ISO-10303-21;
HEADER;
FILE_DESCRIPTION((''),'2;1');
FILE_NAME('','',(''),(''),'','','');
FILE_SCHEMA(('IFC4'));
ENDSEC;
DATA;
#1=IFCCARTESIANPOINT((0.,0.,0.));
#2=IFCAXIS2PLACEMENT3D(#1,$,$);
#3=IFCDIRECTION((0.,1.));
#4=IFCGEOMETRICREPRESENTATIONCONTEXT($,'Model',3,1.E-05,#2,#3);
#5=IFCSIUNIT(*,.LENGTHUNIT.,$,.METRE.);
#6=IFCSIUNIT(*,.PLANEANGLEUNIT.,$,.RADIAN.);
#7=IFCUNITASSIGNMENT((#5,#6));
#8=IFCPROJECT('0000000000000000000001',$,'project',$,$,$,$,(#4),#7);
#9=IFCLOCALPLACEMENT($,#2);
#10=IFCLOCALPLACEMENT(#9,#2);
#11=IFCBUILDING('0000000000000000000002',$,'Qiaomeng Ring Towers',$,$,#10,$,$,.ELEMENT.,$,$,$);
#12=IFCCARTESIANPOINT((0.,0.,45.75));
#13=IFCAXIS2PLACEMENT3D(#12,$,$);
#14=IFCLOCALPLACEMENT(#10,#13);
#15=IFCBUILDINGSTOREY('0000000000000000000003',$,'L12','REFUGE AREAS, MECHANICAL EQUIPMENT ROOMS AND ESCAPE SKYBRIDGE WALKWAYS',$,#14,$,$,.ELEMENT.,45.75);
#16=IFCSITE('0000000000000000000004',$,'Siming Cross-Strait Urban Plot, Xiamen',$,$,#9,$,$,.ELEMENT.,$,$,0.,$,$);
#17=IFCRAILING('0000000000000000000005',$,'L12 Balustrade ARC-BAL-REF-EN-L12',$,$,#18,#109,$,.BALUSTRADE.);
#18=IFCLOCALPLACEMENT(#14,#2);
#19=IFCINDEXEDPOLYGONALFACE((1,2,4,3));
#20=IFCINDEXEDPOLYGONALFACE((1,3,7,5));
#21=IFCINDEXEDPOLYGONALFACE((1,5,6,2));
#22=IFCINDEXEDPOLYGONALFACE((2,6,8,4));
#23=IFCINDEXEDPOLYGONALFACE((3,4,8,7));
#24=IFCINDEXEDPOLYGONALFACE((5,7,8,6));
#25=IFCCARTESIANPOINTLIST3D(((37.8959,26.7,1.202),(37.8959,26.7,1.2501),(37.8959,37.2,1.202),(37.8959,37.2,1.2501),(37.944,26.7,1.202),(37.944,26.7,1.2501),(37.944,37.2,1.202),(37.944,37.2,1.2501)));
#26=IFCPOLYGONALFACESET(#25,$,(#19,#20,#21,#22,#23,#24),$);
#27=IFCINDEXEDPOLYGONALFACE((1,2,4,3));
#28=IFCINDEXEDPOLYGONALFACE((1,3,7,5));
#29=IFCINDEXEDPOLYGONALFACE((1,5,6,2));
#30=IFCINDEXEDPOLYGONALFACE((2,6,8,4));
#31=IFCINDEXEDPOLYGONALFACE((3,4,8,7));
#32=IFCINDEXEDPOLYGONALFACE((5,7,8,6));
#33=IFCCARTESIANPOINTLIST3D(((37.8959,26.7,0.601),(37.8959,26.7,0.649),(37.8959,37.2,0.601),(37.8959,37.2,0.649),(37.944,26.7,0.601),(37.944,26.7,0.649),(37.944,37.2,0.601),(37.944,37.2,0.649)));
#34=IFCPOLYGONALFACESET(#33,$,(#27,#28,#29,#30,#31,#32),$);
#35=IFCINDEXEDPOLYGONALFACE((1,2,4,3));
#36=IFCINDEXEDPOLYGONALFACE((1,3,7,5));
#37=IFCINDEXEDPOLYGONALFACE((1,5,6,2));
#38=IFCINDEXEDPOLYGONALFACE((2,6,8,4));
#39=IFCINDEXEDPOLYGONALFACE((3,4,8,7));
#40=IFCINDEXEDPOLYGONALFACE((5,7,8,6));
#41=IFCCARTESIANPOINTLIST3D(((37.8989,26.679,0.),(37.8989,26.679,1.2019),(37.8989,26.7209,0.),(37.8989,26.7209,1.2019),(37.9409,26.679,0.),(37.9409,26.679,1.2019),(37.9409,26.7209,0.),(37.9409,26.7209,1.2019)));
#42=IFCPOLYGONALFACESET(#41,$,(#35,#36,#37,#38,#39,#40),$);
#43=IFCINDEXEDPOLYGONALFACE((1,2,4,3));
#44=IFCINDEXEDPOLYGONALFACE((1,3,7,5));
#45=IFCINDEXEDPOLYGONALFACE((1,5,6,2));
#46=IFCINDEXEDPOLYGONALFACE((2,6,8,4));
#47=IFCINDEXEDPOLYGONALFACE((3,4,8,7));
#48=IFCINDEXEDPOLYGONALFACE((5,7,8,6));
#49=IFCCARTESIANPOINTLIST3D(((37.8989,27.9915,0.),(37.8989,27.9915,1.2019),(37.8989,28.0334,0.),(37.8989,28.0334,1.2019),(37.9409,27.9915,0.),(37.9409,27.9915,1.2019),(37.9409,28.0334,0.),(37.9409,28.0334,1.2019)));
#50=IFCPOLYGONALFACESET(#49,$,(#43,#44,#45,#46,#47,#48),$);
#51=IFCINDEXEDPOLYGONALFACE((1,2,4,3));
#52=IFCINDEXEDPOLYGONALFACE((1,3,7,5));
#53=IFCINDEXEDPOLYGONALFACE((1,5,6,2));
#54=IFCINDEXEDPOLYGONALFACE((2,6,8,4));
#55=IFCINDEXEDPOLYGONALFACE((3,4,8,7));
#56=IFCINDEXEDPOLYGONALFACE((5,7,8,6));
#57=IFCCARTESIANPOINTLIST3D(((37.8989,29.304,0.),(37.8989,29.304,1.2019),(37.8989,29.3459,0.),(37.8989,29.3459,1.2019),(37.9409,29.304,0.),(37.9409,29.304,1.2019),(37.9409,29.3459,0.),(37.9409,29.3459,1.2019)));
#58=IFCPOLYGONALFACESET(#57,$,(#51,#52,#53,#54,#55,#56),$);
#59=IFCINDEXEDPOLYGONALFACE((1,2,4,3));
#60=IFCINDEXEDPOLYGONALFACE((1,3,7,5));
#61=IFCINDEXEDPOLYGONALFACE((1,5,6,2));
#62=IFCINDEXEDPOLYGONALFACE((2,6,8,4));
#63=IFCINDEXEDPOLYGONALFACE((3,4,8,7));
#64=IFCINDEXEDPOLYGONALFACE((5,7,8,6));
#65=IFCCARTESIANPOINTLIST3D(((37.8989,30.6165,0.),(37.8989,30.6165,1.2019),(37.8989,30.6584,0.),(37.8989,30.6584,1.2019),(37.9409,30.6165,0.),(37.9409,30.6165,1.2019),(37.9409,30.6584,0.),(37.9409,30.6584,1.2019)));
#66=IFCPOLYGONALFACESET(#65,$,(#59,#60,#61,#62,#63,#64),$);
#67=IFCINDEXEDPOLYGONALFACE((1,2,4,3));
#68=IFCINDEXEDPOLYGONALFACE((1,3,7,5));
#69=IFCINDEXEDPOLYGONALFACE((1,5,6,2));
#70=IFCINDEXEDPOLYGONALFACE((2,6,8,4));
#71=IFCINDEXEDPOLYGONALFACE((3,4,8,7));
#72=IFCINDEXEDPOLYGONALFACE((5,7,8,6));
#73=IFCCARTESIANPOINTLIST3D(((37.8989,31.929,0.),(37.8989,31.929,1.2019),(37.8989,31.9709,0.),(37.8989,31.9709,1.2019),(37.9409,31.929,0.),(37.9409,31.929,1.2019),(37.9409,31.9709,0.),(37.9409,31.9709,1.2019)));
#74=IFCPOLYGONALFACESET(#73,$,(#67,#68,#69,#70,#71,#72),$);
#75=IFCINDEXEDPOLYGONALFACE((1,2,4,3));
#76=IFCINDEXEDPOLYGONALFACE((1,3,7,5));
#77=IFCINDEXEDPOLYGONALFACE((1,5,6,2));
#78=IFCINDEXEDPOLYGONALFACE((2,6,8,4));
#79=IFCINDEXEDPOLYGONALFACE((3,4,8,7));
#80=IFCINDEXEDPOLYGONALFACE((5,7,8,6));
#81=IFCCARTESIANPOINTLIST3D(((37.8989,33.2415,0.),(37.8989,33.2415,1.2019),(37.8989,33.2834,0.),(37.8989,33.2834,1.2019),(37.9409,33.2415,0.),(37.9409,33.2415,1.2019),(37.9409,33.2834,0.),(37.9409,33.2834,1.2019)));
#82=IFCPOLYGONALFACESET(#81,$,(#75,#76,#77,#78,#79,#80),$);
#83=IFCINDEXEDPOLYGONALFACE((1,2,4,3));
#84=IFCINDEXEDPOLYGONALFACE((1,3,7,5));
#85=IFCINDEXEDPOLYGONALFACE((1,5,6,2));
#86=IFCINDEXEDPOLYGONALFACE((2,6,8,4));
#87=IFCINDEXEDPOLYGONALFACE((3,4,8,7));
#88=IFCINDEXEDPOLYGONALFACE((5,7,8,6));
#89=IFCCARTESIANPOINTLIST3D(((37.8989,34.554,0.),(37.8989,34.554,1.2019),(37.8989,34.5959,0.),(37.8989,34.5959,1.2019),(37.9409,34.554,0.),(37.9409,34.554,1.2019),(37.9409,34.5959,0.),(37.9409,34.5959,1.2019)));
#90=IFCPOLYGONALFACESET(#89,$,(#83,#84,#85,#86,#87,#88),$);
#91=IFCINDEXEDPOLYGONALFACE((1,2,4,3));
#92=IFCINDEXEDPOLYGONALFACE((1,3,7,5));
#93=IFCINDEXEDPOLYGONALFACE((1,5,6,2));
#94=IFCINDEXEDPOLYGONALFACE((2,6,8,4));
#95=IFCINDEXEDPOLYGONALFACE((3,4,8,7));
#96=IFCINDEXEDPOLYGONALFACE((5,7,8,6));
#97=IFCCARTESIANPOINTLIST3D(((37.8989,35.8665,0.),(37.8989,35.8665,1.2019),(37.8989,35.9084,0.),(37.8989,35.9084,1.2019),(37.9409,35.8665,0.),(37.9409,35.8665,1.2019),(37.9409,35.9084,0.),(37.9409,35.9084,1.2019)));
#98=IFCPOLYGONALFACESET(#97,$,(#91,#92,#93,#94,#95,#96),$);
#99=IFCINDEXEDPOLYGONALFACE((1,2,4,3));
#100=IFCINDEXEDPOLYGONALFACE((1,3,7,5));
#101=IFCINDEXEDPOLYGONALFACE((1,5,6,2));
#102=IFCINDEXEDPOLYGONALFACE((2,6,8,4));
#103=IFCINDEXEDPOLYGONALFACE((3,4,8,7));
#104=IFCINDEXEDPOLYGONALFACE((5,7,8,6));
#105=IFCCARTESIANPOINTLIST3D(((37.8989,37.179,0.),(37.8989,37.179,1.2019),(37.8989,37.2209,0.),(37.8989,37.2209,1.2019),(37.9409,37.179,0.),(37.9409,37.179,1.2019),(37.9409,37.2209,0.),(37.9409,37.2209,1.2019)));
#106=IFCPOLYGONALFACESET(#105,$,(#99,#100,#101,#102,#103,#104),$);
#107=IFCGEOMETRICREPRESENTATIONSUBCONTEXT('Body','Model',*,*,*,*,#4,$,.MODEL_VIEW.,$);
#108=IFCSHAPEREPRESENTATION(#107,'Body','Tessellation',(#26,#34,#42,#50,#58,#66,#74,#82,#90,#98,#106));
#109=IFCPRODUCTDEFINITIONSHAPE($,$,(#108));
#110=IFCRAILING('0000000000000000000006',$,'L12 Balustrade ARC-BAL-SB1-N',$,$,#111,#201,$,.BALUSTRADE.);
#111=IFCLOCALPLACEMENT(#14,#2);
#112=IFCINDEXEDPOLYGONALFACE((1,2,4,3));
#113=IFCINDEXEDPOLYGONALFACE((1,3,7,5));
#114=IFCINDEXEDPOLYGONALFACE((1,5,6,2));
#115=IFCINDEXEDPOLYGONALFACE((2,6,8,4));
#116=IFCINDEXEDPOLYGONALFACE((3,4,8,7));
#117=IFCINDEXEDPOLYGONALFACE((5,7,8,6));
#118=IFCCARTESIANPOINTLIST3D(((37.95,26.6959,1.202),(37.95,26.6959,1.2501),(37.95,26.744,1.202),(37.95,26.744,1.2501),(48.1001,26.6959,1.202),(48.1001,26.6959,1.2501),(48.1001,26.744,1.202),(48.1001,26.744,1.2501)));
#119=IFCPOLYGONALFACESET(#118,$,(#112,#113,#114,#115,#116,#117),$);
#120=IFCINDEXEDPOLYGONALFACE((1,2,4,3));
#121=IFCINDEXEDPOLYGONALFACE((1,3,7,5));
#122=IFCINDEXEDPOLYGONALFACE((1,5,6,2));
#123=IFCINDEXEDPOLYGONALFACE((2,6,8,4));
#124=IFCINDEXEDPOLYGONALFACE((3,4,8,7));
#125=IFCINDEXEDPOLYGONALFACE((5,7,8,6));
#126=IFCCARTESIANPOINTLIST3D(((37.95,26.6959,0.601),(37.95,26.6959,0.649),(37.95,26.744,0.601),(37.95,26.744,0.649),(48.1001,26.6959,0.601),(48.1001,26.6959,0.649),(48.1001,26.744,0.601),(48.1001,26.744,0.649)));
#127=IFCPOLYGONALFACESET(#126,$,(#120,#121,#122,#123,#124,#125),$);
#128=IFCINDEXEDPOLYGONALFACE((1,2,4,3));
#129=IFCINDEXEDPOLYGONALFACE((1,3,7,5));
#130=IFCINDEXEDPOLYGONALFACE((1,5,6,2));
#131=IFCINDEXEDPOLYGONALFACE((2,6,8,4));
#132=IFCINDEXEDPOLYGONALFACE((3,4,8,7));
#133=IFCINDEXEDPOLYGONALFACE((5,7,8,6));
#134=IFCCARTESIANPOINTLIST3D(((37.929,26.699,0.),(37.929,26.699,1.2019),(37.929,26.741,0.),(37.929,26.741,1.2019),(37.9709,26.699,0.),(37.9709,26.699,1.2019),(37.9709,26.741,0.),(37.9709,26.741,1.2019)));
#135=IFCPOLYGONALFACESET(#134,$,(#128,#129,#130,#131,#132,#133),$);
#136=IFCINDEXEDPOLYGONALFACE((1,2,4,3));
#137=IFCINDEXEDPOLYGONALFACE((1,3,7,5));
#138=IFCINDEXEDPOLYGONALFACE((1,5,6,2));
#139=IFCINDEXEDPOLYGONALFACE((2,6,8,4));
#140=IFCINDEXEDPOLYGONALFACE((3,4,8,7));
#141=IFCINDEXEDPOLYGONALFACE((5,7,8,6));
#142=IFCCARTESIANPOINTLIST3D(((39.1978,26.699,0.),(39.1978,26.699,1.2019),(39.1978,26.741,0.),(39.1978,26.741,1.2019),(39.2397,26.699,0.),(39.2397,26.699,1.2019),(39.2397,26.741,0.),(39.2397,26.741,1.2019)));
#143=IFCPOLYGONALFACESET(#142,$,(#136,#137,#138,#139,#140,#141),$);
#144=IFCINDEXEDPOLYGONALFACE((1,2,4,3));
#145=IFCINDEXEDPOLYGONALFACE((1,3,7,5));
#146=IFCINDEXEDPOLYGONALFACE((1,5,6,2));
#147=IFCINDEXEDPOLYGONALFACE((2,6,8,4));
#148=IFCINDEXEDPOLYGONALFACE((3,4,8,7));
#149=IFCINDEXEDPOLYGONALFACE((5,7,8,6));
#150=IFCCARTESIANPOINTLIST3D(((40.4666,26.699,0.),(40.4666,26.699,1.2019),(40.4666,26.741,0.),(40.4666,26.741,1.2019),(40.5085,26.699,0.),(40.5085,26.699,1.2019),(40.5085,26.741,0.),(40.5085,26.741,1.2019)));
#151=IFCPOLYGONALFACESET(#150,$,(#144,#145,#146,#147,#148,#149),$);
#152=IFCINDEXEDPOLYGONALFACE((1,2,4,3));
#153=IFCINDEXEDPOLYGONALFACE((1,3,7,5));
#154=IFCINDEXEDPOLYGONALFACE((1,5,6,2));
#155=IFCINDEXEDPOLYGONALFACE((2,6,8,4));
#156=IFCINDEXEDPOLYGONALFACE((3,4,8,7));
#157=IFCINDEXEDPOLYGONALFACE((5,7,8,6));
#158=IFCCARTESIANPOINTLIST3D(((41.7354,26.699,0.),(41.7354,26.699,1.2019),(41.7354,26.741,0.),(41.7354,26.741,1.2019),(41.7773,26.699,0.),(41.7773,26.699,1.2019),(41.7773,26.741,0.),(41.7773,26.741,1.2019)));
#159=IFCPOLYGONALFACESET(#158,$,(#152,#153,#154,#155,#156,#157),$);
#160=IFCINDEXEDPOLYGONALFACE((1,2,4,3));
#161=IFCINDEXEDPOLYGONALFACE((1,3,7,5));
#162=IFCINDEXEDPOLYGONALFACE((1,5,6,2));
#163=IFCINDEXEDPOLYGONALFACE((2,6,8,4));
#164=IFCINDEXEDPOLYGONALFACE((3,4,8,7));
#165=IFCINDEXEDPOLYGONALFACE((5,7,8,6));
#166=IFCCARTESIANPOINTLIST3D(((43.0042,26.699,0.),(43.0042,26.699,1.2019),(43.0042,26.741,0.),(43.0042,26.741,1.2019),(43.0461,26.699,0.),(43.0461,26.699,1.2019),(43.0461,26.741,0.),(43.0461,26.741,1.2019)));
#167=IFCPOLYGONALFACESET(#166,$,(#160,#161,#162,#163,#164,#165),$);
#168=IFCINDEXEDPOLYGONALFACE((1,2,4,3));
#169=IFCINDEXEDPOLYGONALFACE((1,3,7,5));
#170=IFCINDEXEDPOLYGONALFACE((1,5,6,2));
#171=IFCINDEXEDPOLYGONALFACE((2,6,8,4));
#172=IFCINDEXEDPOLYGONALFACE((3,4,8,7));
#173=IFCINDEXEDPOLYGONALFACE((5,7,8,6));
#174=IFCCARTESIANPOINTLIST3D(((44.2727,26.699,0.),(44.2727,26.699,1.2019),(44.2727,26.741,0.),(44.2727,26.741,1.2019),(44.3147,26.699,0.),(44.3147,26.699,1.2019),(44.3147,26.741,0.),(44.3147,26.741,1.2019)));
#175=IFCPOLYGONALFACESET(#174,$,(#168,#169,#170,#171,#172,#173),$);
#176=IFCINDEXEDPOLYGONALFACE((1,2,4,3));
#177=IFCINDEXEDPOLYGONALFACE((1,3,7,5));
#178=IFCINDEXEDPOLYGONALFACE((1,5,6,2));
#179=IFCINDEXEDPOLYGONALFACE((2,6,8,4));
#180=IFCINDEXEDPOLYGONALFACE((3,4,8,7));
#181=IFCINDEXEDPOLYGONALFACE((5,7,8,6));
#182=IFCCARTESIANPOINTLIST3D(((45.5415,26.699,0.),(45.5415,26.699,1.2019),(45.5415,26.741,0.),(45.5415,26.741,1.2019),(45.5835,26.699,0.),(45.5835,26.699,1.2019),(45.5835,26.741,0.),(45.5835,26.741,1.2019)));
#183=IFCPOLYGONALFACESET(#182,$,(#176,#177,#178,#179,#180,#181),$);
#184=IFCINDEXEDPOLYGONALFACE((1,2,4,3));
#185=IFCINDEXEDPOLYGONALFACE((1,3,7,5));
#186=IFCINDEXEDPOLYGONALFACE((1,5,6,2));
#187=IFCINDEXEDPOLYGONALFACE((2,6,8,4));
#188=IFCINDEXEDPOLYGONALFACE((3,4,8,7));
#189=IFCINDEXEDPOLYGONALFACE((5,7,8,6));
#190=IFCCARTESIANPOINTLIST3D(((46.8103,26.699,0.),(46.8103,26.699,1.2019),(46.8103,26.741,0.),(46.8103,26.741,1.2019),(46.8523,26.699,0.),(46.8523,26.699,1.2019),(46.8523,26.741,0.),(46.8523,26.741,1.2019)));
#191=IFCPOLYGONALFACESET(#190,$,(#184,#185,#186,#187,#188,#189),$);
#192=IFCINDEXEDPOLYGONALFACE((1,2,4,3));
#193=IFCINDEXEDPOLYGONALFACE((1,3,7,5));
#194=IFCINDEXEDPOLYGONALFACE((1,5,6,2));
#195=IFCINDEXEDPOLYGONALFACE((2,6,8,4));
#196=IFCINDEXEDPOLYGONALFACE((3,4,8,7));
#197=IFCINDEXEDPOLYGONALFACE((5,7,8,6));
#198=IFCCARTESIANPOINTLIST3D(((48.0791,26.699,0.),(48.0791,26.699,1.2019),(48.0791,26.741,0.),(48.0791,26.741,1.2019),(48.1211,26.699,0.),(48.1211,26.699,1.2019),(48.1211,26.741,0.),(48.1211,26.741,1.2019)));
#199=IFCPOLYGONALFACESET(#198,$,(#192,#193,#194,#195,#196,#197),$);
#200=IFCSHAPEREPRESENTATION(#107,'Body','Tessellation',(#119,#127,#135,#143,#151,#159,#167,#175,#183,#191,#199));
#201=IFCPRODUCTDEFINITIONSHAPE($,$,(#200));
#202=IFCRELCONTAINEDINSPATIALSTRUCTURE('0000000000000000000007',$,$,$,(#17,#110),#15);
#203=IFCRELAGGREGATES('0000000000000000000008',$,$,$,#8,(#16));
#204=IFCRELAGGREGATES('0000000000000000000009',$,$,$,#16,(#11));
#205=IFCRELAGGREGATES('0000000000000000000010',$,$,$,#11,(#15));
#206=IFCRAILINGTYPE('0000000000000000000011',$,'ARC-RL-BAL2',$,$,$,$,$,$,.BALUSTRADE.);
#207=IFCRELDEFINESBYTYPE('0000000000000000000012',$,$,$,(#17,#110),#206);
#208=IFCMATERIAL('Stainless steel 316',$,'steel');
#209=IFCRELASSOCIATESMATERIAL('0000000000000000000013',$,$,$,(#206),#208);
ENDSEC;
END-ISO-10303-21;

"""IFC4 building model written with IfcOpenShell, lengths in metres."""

from ifc_helpers import new_model, si_unit, direction, frame, origin, origin_2d, place, context, subcontext, project, spatial, rectangle, extrude, material, type_object, element, save


model = new_model("IFC4")

# Units and contexts
model_context = context("Model", 3, precision=1e-05, world=origin(), true_north=direction((0.0, 1.0)))
body_context = subcontext(model_context, "Body", "Model", "MODEL_VIEW")
ifc_project = project(units=[si_unit("LENGTHUNIT", "METRE"), si_unit("PLANEANGLEUNIT", "RADIAN")], contexts=[model_context])

# Site, building, storey
site_placement = place(None, origin())
site = spatial("IfcSite", under=ifc_project, at=site_placement, Name="Siming Cross-Strait Urban Plot, Xiamen", CompositionType="ELEMENT", RefElevation=0.0)
building_placement = place(site_placement, origin())
building = spatial("IfcBuilding", under=site, at=building_placement, Name="Qiaomeng Ring Towers", CompositionType="ELEMENT")
storey_placement = place(building_placement, frame((0.0, 0.0, 45.75)))
storey = spatial("IfcBuildingStorey", under=building, at=storey_placement, Name="L12", Description="REFUGE AREAS, MECHANICAL EQUIPMENT ROOMS AND ESCAPE SKYBRIDGE WALKWAYS", CompositionType="ELEMENT", Elevation=45.75)

# Railings
ifc_material_1 = material(Name="Stainless steel 316", Category="steel")
railing_type_1 = type_object("IfcRailingType", Name="ARC-RL-BAL2", PredefinedType="BALUSTRADE", material=ifc_material_1)
railing_1_placement = place(storey_placement, frame((37.9199, 26.7, 0.0)))
element("IfcRailing", 1, at=railing_1_placement, inside=storey, type_object=railing_type_1, Name="L12 Balustrade ARC-BAL-REF-EN-L12", PredefinedType="BALUSTRADE", context=body_context, shape_type="SweptSolid", body=[
    extrude(rectangle(XDim=0.0481, YDim=0.0481, at=origin_2d()), frame((0.0, 0.0, 1.2261), z_axis=(0.0, 1.0, 0.0), x_axis=(-1.0, 0.0, 0.0)), (0.0, 0.0, 1.0), 10.5),
    extrude(rectangle(XDim=0.0481, YDim=0.0481, at=origin_2d()), frame((0.0, 0.0, 0.625), z_axis=(0.0, 1.0, 0.0), x_axis=(-1.0, 0.0, 0.0)), (0.0, 0.0, 1.0), 10.5),
    extrude(rectangle(XDim=0.042, YDim=0.042, at=origin_2d()), origin(), (0.0, 0.0, 1.0), 1.2019),
    extrude(rectangle(XDim=0.042, YDim=0.042, at=origin_2d()), frame((0.0, 1.3125, 0.0)), (0.0, 0.0, 1.0), 1.2019),
    extrude(rectangle(XDim=0.042, YDim=0.042, at=origin_2d()), frame((0.0, 2.625, 0.0)), (0.0, 0.0, 1.0), 1.2019),
    extrude(rectangle(XDim=0.042, YDim=0.042, at=origin_2d()), frame((0.0, 3.9375, 0.0)), (0.0, 0.0, 1.0), 1.2019),
    extrude(rectangle(XDim=0.042, YDim=0.042, at=origin_2d()), frame((0.0, 5.25, 0.0)), (0.0, 0.0, 1.0), 1.2019),
    extrude(rectangle(XDim=0.042, YDim=0.042, at=origin_2d()), frame((0.0, 6.5625, 0.0)), (0.0, 0.0, 1.0), 1.2019),
    extrude(rectangle(XDim=0.042, YDim=0.042, at=origin_2d()), frame((0.0, 7.875, 0.0)), (0.0, 0.0, 1.0), 1.2019),
    extrude(rectangle(XDim=0.042, YDim=0.042, at=origin_2d()), frame((0.0, 9.1875, 0.0)), (0.0, 0.0, 1.0), 1.2019),
    extrude(rectangle(XDim=0.042, YDim=0.042, at=origin_2d()), frame((0.0, 10.5, 0.0)), (0.0, 0.0, 1.0), 1.2019),
])
railing_2_placement = place(storey_placement, frame((37.95, 26.72, 0.0)))
element("IfcRailing", 2, at=railing_2_placement, inside=storey, type_object=railing_type_1, Name="L12 Balustrade ARC-BAL-SB1-N", PredefinedType="BALUSTRADE", context=body_context, shape_type="SweptSolid", body=[
    extrude(rectangle(XDim=0.0481, YDim=0.0481, at=origin_2d()), frame((0.0, 0.0, 1.2261), z_axis=(1.0, 0.0, 0.0), x_axis=(0.0, 1.0, 0.0)), (0.0, 0.0, 1.0), 10.1501),
    extrude(rectangle(XDim=0.0481, YDim=0.0481, at=origin_2d()), frame((0.0, 0.0, 0.625), z_axis=(1.0, 0.0, 0.0), x_axis=(0.0, 1.0, 0.0)), (0.0, 0.0, 1.0), 10.1501),
    extrude(rectangle(XDim=0.042, YDim=0.042, at=origin_2d()), origin(), (0.0, 0.0, 1.0), 1.2019),
    extrude(rectangle(XDim=0.042, YDim=0.042, at=origin_2d()), frame((1.2688, 0.0, 0.0)), (0.0, 0.0, 1.0), 1.2019),
    extrude(rectangle(XDim=0.042, YDim=0.042, at=origin_2d()), frame((2.5376, 0.0, 0.0)), (0.0, 0.0, 1.0), 1.2019),
    extrude(rectangle(XDim=0.042, YDim=0.042, at=origin_2d()), frame((3.8064, 0.0, 0.0)), (0.0, 0.0, 1.0), 1.2019),
    extrude(rectangle(XDim=0.042, YDim=0.042, at=origin_2d()), frame((5.0752, 0.0, 0.0)), (0.0, 0.0, 1.0), 1.2019),
    extrude(rectangle(XDim=0.042, YDim=0.042, at=origin_2d()), frame((6.3438, 0.0, 0.0)), (0.0, 0.0, 1.0), 1.2019),
    extrude(rectangle(XDim=0.042, YDim=0.042, at=origin_2d()), frame((7.6125, 0.0, 0.0)), (0.0, 0.0, 1.0), 1.2019),
    extrude(rectangle(XDim=0.042, YDim=0.042, at=origin_2d()), frame((8.8813, 0.0, 0.0)), (0.0, 0.0, 1.0), 1.2019),
    extrude(rectangle(XDim=0.042, YDim=0.042, at=origin_2d()), frame((10.1501, 0.0, 0.0)), (0.0, 0.0, 1.0), 1.2019),
])

save(model, "model.ifc")
